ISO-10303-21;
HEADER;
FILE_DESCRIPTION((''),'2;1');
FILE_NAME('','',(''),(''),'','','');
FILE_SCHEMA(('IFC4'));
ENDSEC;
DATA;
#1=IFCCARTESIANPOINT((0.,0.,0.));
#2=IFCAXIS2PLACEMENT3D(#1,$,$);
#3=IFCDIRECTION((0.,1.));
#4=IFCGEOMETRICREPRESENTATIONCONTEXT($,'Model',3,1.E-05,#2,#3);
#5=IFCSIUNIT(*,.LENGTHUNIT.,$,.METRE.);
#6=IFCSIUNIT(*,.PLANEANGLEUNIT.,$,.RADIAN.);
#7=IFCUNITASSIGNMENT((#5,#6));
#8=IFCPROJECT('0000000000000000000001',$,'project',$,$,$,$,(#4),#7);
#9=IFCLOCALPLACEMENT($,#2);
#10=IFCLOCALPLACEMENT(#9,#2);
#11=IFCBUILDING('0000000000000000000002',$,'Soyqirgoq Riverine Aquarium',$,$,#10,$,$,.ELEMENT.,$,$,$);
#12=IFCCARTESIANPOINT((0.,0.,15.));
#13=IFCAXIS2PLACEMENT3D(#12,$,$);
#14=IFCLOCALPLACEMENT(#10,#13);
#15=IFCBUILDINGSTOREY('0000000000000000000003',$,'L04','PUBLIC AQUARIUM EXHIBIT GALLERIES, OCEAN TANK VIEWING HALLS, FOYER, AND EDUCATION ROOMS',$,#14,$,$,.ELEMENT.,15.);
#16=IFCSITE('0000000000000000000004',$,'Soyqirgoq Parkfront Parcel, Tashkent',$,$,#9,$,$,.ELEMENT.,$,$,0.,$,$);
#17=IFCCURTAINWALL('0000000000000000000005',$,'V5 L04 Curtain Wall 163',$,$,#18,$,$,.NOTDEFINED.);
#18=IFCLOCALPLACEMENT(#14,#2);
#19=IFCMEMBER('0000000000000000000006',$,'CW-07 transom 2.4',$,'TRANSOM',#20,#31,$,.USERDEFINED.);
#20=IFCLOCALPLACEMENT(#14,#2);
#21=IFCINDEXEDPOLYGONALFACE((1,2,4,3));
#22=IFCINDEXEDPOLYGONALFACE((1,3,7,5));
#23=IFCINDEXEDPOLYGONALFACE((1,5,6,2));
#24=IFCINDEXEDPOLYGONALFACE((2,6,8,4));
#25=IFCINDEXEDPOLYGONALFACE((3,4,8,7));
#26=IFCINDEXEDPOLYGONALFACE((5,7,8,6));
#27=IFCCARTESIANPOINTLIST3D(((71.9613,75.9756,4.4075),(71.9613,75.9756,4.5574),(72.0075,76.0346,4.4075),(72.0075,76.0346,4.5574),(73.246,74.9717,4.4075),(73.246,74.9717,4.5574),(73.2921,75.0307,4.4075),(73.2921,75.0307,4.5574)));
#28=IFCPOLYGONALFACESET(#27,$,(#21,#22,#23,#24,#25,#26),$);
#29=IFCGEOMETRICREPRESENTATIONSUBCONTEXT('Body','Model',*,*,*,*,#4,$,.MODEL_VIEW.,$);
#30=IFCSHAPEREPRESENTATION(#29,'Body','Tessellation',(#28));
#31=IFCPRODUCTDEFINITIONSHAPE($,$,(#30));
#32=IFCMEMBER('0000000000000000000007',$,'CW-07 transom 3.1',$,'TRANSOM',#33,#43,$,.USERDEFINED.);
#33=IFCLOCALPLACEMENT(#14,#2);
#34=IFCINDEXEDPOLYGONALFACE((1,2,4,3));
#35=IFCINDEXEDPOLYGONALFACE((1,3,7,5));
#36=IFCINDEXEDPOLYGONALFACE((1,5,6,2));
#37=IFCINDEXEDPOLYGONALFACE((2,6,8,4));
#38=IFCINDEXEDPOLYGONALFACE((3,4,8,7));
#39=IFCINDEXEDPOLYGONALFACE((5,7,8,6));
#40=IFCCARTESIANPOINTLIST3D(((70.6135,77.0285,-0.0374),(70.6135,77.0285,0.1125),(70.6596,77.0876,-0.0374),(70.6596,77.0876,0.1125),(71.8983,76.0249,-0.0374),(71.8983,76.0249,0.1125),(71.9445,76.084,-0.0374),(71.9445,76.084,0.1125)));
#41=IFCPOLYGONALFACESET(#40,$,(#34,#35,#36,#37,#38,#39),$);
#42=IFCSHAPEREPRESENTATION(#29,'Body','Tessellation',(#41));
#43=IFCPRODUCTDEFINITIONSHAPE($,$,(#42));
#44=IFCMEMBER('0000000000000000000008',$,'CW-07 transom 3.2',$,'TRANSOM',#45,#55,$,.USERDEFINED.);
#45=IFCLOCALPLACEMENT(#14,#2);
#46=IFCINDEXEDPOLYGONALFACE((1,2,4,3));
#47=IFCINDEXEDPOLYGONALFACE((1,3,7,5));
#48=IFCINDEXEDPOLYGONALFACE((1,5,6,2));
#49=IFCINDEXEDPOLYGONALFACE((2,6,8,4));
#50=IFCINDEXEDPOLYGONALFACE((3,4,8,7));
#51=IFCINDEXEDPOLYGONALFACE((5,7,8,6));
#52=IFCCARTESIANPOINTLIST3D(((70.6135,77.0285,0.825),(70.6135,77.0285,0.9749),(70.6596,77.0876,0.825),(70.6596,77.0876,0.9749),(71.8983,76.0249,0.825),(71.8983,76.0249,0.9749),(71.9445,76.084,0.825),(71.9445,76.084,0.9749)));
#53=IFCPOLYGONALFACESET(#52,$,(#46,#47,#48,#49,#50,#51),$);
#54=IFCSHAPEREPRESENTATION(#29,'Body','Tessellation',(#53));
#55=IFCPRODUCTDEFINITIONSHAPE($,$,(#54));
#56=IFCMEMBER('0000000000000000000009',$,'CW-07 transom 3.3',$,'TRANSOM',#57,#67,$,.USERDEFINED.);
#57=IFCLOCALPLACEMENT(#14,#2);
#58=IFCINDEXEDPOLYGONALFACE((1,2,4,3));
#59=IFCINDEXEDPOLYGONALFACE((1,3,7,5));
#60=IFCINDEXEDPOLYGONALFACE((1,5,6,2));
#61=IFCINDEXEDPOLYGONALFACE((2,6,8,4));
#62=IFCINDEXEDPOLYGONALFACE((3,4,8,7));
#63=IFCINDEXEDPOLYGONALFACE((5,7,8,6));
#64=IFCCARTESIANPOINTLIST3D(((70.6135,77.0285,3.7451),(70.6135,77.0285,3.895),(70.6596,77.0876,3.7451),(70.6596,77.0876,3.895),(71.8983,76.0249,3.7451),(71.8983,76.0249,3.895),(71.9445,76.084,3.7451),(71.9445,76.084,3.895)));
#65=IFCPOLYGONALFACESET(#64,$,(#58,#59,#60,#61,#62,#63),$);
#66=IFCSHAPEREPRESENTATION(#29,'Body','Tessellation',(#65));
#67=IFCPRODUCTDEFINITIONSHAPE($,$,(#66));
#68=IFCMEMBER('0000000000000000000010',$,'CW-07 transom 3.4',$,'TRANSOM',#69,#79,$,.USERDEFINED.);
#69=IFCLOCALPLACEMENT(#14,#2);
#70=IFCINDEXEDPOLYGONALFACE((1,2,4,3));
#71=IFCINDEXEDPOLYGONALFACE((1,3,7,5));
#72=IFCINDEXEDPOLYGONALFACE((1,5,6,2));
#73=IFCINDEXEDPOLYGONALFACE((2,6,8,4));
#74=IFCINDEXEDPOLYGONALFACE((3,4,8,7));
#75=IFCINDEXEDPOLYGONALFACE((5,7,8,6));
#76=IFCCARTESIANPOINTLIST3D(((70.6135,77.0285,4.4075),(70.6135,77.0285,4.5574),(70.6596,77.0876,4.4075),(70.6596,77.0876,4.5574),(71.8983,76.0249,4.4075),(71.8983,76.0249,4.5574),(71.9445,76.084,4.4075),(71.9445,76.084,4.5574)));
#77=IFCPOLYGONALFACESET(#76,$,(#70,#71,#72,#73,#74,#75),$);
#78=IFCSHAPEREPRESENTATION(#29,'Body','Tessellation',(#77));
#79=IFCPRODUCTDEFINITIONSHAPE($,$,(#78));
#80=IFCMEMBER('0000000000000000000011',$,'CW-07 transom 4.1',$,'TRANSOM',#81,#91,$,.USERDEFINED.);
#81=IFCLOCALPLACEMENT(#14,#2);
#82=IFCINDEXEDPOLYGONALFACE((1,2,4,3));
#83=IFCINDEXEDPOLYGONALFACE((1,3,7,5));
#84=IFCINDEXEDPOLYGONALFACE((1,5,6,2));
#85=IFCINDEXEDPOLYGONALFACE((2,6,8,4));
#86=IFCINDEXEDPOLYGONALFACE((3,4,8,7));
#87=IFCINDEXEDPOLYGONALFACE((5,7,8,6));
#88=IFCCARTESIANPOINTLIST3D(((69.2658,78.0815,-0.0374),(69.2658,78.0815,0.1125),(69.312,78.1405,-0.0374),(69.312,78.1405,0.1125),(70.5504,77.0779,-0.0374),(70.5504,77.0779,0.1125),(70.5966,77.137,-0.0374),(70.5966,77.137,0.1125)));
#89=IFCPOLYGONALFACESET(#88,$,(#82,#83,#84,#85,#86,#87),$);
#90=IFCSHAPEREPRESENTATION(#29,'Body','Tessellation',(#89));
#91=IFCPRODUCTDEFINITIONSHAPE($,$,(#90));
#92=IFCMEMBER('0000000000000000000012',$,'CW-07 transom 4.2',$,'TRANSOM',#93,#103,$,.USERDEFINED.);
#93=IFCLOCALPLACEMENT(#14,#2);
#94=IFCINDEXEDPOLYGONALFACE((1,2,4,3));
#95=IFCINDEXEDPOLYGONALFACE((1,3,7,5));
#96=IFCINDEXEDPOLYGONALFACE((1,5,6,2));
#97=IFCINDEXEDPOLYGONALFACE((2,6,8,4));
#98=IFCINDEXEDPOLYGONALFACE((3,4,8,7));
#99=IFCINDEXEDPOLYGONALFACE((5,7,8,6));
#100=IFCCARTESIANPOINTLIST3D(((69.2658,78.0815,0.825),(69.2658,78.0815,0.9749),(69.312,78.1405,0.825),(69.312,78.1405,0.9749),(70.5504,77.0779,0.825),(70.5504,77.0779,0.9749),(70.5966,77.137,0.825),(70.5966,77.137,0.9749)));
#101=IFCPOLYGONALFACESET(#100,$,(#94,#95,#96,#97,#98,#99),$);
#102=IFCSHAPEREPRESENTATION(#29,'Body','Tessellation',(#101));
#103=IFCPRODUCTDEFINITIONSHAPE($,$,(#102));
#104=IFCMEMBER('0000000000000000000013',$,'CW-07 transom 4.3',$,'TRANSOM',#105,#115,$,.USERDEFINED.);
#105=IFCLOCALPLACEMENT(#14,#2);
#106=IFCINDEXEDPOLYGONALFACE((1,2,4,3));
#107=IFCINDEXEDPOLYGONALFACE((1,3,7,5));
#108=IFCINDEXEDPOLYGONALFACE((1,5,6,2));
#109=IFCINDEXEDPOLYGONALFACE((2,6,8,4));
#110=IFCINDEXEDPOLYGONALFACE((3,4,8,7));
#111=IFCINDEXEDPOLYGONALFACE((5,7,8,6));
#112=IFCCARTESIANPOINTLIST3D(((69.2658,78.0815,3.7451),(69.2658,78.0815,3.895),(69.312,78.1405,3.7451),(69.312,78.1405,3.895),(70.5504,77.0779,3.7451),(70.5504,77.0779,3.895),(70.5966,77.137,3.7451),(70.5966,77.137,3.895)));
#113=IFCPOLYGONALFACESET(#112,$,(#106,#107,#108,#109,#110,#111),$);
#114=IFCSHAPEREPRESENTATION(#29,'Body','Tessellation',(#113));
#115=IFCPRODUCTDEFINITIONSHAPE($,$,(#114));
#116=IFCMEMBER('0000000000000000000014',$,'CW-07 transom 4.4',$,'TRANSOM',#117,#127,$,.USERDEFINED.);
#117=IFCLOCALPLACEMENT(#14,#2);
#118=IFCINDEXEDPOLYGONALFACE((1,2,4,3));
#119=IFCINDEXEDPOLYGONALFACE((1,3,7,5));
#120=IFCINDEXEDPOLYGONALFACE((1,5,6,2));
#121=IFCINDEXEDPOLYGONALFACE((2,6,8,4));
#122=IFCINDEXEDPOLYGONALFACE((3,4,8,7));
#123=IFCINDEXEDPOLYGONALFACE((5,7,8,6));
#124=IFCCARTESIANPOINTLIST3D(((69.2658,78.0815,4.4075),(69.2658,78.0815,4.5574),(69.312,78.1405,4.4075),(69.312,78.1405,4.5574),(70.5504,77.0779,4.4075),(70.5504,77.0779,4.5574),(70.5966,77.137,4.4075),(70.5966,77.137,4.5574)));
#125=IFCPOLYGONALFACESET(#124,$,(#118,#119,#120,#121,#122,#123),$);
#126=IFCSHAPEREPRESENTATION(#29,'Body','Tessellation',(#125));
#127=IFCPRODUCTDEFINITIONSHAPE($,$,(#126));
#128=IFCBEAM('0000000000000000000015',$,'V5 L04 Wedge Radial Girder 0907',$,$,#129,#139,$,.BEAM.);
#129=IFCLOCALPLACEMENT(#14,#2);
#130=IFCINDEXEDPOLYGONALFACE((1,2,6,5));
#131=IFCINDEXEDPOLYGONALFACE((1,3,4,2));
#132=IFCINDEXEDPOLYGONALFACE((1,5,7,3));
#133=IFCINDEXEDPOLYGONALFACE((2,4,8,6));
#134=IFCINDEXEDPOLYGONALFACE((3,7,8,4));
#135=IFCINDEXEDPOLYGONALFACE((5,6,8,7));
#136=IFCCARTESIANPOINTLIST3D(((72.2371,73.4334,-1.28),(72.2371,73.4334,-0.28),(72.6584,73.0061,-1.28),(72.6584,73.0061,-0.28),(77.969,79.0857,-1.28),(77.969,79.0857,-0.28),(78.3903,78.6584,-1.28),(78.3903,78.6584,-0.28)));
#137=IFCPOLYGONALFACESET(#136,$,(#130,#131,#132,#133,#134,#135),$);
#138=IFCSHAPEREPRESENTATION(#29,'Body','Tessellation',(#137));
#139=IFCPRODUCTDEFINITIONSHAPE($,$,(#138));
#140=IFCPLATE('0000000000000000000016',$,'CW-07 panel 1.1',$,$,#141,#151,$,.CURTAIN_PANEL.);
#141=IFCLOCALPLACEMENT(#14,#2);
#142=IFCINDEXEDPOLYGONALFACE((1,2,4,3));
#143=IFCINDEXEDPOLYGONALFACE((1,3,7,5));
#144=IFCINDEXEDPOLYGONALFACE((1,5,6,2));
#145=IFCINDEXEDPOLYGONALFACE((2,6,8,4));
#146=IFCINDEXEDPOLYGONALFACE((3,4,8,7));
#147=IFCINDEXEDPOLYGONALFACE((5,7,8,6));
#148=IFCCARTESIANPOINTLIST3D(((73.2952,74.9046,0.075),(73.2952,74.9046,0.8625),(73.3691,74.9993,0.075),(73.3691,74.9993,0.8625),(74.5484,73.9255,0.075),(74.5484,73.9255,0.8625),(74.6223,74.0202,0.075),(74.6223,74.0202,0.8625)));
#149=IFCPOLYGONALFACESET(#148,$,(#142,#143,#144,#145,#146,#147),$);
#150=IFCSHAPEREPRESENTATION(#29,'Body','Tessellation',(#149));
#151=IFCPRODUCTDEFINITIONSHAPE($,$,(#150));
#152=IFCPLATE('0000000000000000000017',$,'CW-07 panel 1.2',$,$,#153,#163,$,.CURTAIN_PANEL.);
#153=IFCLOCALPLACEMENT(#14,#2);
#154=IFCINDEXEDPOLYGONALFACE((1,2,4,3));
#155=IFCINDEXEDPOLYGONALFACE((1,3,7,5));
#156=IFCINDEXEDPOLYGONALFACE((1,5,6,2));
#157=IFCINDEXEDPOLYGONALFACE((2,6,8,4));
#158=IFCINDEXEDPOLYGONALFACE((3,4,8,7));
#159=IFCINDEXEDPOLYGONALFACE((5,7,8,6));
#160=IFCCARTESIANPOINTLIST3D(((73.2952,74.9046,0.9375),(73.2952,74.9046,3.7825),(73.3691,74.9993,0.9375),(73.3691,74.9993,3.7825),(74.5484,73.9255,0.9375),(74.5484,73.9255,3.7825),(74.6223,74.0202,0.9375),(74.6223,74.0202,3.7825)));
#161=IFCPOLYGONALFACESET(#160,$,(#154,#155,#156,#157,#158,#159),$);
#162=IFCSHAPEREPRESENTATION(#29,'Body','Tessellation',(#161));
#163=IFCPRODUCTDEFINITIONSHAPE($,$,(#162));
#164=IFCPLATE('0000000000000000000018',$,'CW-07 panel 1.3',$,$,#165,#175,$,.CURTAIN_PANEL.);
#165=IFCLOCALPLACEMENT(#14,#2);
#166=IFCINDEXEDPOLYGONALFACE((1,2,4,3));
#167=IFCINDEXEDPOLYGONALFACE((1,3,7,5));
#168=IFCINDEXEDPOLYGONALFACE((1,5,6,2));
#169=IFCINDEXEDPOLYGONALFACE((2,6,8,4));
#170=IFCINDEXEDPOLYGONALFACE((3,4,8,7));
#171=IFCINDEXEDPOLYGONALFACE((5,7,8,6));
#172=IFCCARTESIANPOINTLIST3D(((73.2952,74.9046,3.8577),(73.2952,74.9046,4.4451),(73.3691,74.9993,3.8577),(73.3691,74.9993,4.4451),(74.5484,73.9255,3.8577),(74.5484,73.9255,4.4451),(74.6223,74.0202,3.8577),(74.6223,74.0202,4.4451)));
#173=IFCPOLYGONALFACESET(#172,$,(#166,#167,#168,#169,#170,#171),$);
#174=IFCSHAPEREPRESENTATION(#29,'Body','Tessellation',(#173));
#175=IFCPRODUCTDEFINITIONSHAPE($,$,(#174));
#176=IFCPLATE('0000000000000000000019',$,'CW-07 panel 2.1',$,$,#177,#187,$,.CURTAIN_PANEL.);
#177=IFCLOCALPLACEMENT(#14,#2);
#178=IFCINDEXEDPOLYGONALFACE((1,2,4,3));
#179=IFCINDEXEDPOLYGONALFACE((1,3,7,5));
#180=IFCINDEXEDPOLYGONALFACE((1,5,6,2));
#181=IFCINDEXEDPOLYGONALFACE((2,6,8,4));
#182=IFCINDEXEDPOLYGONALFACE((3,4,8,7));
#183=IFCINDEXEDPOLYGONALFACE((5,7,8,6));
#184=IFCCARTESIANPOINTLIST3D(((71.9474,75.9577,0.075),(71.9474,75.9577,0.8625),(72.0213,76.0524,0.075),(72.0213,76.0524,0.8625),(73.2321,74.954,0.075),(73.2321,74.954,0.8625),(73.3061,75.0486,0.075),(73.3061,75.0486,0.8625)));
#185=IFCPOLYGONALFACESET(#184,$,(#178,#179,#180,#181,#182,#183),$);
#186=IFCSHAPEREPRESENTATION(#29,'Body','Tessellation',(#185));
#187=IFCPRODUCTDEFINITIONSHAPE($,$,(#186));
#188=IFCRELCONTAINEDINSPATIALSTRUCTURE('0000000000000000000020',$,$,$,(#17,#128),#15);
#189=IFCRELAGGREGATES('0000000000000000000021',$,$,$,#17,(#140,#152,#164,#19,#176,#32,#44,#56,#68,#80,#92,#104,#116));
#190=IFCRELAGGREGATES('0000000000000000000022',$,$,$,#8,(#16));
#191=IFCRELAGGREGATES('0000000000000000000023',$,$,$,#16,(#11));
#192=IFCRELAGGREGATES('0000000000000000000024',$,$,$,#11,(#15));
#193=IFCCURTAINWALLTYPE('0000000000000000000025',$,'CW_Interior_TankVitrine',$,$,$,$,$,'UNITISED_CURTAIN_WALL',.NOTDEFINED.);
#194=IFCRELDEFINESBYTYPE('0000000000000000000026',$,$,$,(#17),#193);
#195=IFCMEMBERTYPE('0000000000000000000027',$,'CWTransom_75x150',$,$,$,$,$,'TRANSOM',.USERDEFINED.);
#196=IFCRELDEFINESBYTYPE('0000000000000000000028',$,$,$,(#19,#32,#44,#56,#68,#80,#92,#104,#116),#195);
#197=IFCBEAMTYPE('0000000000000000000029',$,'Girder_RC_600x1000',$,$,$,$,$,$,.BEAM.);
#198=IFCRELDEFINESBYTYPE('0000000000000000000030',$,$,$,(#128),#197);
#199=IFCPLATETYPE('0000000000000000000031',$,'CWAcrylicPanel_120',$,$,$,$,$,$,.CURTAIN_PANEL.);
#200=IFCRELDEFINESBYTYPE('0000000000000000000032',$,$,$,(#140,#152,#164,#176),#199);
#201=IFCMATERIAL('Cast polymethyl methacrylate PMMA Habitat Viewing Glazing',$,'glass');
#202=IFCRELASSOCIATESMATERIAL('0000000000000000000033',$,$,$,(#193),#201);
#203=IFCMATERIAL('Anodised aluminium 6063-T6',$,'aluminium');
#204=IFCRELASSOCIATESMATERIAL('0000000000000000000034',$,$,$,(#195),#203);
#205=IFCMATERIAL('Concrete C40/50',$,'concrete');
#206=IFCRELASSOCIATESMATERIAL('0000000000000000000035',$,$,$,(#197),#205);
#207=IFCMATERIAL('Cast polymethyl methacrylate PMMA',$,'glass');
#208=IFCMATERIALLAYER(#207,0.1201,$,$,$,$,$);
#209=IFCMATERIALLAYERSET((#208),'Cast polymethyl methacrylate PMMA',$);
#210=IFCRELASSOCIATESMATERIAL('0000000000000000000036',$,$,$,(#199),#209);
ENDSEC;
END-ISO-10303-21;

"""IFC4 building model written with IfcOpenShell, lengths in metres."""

from ifc_helpers import new_model, si_unit, direction, frame, origin, origin_2d, place, context, subcontext, project, spatial, rectangle, extrude, material, layer, layer_set, material_profile, profile_set, type_object, element, aggregate, save


model = new_model("IFC4")

# Units and contexts
model_context = context("Model", 3, precision=1e-05, world=origin(), true_north=direction((0.0, 1.0)))
body_context = subcontext(model_context, "Body", "Model", "MODEL_VIEW")
ifc_project = project(units=[si_unit("LENGTHUNIT", "METRE"), si_unit("PLANEANGLEUNIT", "RADIAN")], contexts=[model_context])

# Site, building, storey
site_placement = place(None, origin())
site = spatial("IfcSite", under=ifc_project, at=site_placement, Name="Soyqirgoq Parkfront Parcel, Tashkent", CompositionType="ELEMENT", RefElevation=0.0)
building_placement = place(site_placement, origin())
building = spatial("IfcBuilding", under=site, at=building_placement, Name="Soyqirgoq Riverine Aquarium", CompositionType="ELEMENT")
storey_placement = place(building_placement, frame((0.0, 0.0, 15.0)))
storey = spatial("IfcBuildingStorey", under=building, at=storey_placement, Name="L04", Description="PUBLIC AQUARIUM EXHIBIT GALLERIES, OCEAN TANK VIEWING HALLS, FOYER, AND EDUCATION ROOMS", CompositionType="ELEMENT", Elevation=15.0)

# Curtain wall, members
ifc_material_1 = material(Name="Cast polymethyl methacrylate PMMA Habitat Viewing Glazing", Category="glass")
curtain_wall_type = type_object("IfcCurtainWallType", Name="CW_Interior_TankVitrine", ElementType="UNITISED_CURTAIN_WALL", PredefinedType="NOTDEFINED", material=ifc_material_1)
curtain_wall_placement = place(storey_placement, origin())
curtain_wall = element("IfcCurtainWall", 1, at=curtain_wall_placement, inside=storey, type_object=curtain_wall_type, Name="V5 L04 Curtain Wall 163", PredefinedType="NOTDEFINED")
ifc_material_2 = material(Name="Anodised aluminium 6063-T6", Category="aluminium")
ifc_material_profile_1 = material_profile(ifc_material_2, rectangle(XDim=0.075, YDim=0.1499, at=origin_2d()), Name="ALU-T 75x150")
ifc_profile_set_1 = profile_set([ifc_material_profile_1], Name="Anodised aluminium 6063-T6")
member_type_1 = type_object("IfcMemberType", Name="CWTransom_75x150", ElementType="TRANSOM", PredefinedType="USERDEFINED", material=ifc_profile_set_1)
member_1_placement = place(storey_placement, frame((73.269, 75.0012, 4.4824), z_axis=(-0.787947, 0.615743, 0.0), x_axis=(-0.615743, -0.787947, 0.0)))
member_1 = element("IfcMember", 2, at=member_1_placement, type_object=member_type_1, Name="CW-07 transom 2.4", ObjectType="TRANSOM", PredefinedType="USERDEFINED", context=body_context, shape_type="SweptSolid", body=[
    extrude(rectangle(XDim=0.075, YDim=0.1499, at=origin_2d()), origin(), (0.0, 0.0, 1.0), 1.6304),
])
member_2_placement = place(storey_placement, frame((71.9214, 76.0544, 0.0376), z_axis=(-0.788077, 0.615577, 0.0), x_axis=(-0.615577, -0.788077, 0.0)))
member_2 = element("IfcMember", 3, at=member_2_placement, type_object=member_type_1, Name="CW-07 transom 3.1", ObjectType="TRANSOM", PredefinedType="USERDEFINED", context=body_context, shape_type="SweptSolid", body=[
    extrude(rectangle(XDim=0.075, YDim=0.1499, at=origin_2d()), origin(), (0.0, 0.0, 1.0), 1.6304),
])
member_3_placement = place(storey_placement, frame((71.9214, 76.0544, 0.8999), z_axis=(-0.788077, 0.615577, 0.0), x_axis=(-0.615577, -0.788077, 0.0)))
member_3 = element("IfcMember", 4, at=member_3_placement, type_object=member_type_1, Name="CW-07 transom 3.2", ObjectType="TRANSOM", PredefinedType="USERDEFINED", context=body_context, shape_type="SweptSolid", body=[
    extrude(rectangle(XDim=0.075, YDim=0.1499, at=origin_2d()), origin(), (0.0, 0.0, 1.0), 1.6304),
])
member_4_placement = place(storey_placement, frame((71.9214, 76.0544, 3.8201), z_axis=(-0.788077, 0.615577, 0.0), x_axis=(-0.615577, -0.788077, 0.0)))
member_4 = element("IfcMember", 5, at=member_4_placement, type_object=member_type_1, Name="CW-07 transom 3.3", ObjectType="TRANSOM", PredefinedType="USERDEFINED", context=body_context, shape_type="SweptSolid", body=[
    extrude(rectangle(XDim=0.075, YDim=0.1499, at=origin_2d()), origin(), (0.0, 0.0, 1.0), 1.6304),
])
member_5_placement = place(storey_placement, frame((71.9214, 76.0544, 4.4824), z_axis=(-0.788077, 0.615577, 0.0), x_axis=(-0.615577, -0.788077, 0.0)))
member_5 = element("IfcMember", 6, at=member_5_placement, type_object=member_type_1, Name="CW-07 transom 3.4", ObjectType="TRANSOM", PredefinedType="USERDEFINED", context=body_context, shape_type="SweptSolid", body=[
    extrude(rectangle(XDim=0.075, YDim=0.1499, at=origin_2d()), origin(), (0.0, 0.0, 1.0), 1.6304),
])
member_6_placement = place(storey_placement, frame((70.5735, 77.1074, 0.0376), z_axis=(-0.78802, 0.61565, 0.0), x_axis=(-0.61565, -0.78802, 0.0)))
member_6 = element("IfcMember", 7, at=member_6_placement, type_object=member_type_1, Name="CW-07 transom 4.1", ObjectType="TRANSOM", PredefinedType="USERDEFINED", context=body_context, shape_type="SweptSolid", body=[
    extrude(rectangle(XDim=0.075, YDim=0.1499, at=origin_2d()), origin(), (0.0, 0.0, 1.0), 1.6301),
])
member_7_placement = place(storey_placement, frame((70.5735, 77.1074, 0.8999), z_axis=(-0.78802, 0.61565, 0.0), x_axis=(-0.61565, -0.78802, 0.0)))
member_7 = element("IfcMember", 8, at=member_7_placement, type_object=member_type_1, Name="CW-07 transom 4.2", ObjectType="TRANSOM", PredefinedType="USERDEFINED", context=body_context, shape_type="SweptSolid", body=[
    extrude(rectangle(XDim=0.075, YDim=0.1499, at=origin_2d()), origin(), (0.0, 0.0, 1.0), 1.6301),
])
member_8_placement = place(storey_placement, frame((70.5735, 77.1074, 3.8201), z_axis=(-0.78802, 0.61565, 0.0), x_axis=(-0.61565, -0.78802, 0.0)))
member_8 = element("IfcMember", 9, at=member_8_placement, type_object=member_type_1, Name="CW-07 transom 4.3", ObjectType="TRANSOM", PredefinedType="USERDEFINED", context=body_context, shape_type="SweptSolid", body=[
    extrude(rectangle(XDim=0.075, YDim=0.1499, at=origin_2d()), origin(), (0.0, 0.0, 1.0), 1.6301),
])
member_9_placement = place(storey_placement, frame((70.5735, 77.1074, 4.4824), z_axis=(-0.78802, 0.61565, 0.0), x_axis=(-0.61565, -0.78802, 0.0)))
member_9 = element("IfcMember", 10, at=member_9_placement, type_object=member_type_1, Name="CW-07 transom 4.4", ObjectType="TRANSOM", PredefinedType="USERDEFINED", context=body_context, shape_type="SweptSolid", body=[
    extrude(rectangle(XDim=0.075, YDim=0.1499, at=origin_2d()), origin(), (0.0, 0.0, 1.0), 1.6301),
])

# Beam
ifc_material_3 = material(Name="Concrete C40/50", Category="concrete")
ifc_material_profile_2 = material_profile(ifc_material_3, rectangle(XDim=0.6001, YDim=1.0, at=origin_2d()), Name="RC 600x1000")
ifc_profile_set_2 = profile_set([ifc_material_profile_2], Name="Concrete C40/50")
beam_type_1 = type_object("IfcBeamType", Name="Girder_RC_600x1000", PredefinedType="BEAM", material=ifc_profile_set_2)
beam_1_placement = place(storey_placement, frame((72.4478, 73.2197, -0.78), z_axis=(0.712033, 0.702146, 0.0), x_axis=(-0.702146, 0.712033, 0.0)))
element("IfcBeam", 11, at=beam_1_placement, inside=storey, type_object=beam_type_1, Name="V5 L04 Wedge Radial Girder 0907", PredefinedType="BEAM", context=body_context, shape_type="SweptSolid", body=[
    extrude(rectangle(XDim=0.6001, YDim=1.0, at=origin_2d()), origin(), (0.0, 0.0, 1.0), 8.05),
])

# Plates
ifc_material_4 = material(Name="Cast polymethyl methacrylate PMMA", Category="glass")
ifc_layer_1 = layer(ifc_material_4, 0.1201)
ifc_layer_set_1 = layer_set([ifc_layer_1], Name="Cast polymethyl methacrylate PMMA")
plate_type = type_object("IfcPlateType", Name="CWAcrylicPanel_120", PredefinedType="CURTAIN_PANEL", material=ifc_layer_set_1)
plate_1_placement = place(storey_placement, frame((73.9587, 74.4624, 0.075), z_axis=(0.0, 0.0, 1.0), x_axis=(-0.788011, 0.615661, 0.0)))
plate_1 = element("IfcPlate", 12, at=plate_1_placement, type_object=plate_type, Name="CW-07 panel 1.1", PredefinedType="CURTAIN_PANEL", context=body_context, shape_type="SweptSolid", body=[
    extrude(rectangle(XDim=1.5903, YDim=0.1201, at=origin_2d()), origin(), (0.0, 0.0, 1.0), 0.7876),
])
plate_2_placement = place(storey_placement, frame((73.9587, 74.4624, 0.9375), z_axis=(0.0, 0.0, 1.0), x_axis=(-0.788011, 0.615661, 0.0)))
plate_2 = element("IfcPlate", 13, at=plate_2_placement, type_object=plate_type, Name="CW-07 panel 1.2", PredefinedType="CURTAIN_PANEL", context=body_context, shape_type="SweptSolid", body=[
    extrude(rectangle(XDim=1.5903, YDim=0.1201, at=origin_2d()), origin(), (0.0, 0.0, 1.0), 2.845),
])
plate_3_placement = place(storey_placement, frame((73.9587, 74.4624, 3.8577), z_axis=(0.0, 0.0, 1.0), x_axis=(-0.788011, 0.615661, 0.0)))
plate_3 = element("IfcPlate", 14, at=plate_3_placement, type_object=plate_type, Name="CW-07 panel 1.3", PredefinedType="CURTAIN_PANEL", context=body_context, shape_type="SweptSolid", body=[
    extrude(rectangle(XDim=1.5903, YDim=0.1201, at=origin_2d()), origin(), (0.0, 0.0, 1.0), 0.5874),
])
plate_4_placement = place(storey_placement, frame((72.6267, 75.5032, 0.075), z_axis=(0.0, 0.0, 1.0), x_axis=(-0.788011, 0.615661, 0.0)))
plate_4 = element("IfcPlate", 15, at=plate_4_placement, type_object=plate_type, Name="CW-07 panel 2.1", PredefinedType="CURTAIN_PANEL", context=body_context, shape_type="SweptSolid", body=[
    extrude(rectangle(XDim=1.6304, YDim=0.1201, at=origin_2d()), origin(), (0.0, 0.0, 1.0), 0.7876),
])
aggregate(curtain_wall, [plate_1, plate_2, plate_3, member_1, plate_4, member_2, member_3, member_4, member_5, member_6, member_7, member_8, member_9])

save(model, "model.ifc")
